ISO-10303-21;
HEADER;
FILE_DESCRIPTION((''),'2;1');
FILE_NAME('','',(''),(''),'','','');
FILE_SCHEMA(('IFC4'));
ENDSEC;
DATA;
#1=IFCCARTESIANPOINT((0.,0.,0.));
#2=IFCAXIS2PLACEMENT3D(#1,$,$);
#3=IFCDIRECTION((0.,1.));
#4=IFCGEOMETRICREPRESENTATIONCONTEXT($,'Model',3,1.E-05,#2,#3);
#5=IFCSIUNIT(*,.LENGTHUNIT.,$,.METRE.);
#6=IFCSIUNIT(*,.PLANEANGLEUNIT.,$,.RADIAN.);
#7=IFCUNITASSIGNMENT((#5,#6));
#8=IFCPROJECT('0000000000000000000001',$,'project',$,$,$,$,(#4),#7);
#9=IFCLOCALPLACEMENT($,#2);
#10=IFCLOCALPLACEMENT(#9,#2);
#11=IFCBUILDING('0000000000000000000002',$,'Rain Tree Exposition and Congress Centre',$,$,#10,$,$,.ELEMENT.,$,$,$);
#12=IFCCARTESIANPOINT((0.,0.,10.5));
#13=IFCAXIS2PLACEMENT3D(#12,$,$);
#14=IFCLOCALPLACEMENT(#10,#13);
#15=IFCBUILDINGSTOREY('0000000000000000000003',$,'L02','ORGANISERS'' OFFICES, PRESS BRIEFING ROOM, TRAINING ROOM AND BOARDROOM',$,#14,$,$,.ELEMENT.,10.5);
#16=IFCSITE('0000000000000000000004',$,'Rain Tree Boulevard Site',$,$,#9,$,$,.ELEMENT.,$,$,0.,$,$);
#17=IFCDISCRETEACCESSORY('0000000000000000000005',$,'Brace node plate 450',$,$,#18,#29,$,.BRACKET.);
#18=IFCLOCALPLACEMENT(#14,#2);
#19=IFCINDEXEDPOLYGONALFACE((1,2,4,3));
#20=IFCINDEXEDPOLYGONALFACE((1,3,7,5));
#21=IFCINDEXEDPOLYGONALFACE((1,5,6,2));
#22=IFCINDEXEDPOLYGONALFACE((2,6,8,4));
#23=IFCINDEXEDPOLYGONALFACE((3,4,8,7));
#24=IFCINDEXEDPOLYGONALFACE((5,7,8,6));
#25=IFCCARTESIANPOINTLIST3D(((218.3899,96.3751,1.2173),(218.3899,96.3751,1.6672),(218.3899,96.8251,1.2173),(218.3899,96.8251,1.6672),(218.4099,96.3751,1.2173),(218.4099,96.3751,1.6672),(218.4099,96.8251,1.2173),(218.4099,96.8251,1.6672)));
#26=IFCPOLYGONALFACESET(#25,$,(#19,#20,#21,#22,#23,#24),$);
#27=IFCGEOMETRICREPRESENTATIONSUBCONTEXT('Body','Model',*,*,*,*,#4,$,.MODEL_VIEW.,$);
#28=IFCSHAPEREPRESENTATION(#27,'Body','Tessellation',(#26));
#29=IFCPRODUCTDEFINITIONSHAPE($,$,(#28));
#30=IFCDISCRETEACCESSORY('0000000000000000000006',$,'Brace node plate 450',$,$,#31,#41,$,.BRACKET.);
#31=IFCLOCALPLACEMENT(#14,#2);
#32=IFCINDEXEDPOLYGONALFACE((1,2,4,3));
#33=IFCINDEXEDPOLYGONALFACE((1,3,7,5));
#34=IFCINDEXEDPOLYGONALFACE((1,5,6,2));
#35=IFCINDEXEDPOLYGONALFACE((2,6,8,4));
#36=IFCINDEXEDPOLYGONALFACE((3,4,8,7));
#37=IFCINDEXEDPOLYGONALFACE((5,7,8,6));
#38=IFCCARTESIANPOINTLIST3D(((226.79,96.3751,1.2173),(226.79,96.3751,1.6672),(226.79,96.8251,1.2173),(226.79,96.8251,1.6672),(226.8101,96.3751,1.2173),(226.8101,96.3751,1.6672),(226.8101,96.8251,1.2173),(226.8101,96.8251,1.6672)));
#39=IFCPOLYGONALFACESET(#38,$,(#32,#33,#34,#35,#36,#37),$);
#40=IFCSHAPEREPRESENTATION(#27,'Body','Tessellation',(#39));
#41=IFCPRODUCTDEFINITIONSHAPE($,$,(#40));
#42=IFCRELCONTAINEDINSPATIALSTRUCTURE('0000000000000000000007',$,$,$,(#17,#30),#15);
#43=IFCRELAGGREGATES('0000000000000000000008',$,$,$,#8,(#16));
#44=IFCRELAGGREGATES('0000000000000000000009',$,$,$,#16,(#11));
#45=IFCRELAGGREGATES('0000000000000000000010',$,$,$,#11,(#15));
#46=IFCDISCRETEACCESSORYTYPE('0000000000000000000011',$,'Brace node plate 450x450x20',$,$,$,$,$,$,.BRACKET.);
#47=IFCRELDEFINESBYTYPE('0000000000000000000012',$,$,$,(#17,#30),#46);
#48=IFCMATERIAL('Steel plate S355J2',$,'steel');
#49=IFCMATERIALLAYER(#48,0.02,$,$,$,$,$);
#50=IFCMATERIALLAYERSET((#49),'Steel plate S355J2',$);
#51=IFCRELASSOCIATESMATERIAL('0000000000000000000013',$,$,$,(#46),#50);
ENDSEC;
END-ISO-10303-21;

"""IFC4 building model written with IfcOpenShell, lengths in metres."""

from ifc_helpers import new_model, si_unit, direction, frame, origin, origin_2d, place, context, subcontext, project, spatial, rectangle, extrude, material, layer, layer_set, type_object, element, save


model = new_model("IFC4")

# Units and contexts
model_context = context("Model", 3, precision=1e-05, world=origin(), true_north=direction((0.0, 1.0)))
body_context = subcontext(model_context, "Body", "Model", "MODEL_VIEW")
ifc_project = project(units=[si_unit("LENGTHUNIT", "METRE"), si_unit("PLANEANGLEUNIT", "RADIAN")], contexts=[model_context])

# Site, building, storey
site_placement = place(None, origin())
site = spatial("IfcSite", under=ifc_project, at=site_placement, Name="Rain Tree Boulevard Site", CompositionType="ELEMENT", RefElevation=0.0)
building_placement = place(site_placement, origin())
building = spatial("IfcBuilding", under=site, at=building_placement, Name="Rain Tree Exposition and Congress Centre", CompositionType="ELEMENT")
storey_placement = place(building_placement, frame((0.0, 0.0, 10.5)))
storey = spatial("IfcBuildingStorey", under=building, at=storey_placement, Name="L02", Description="ORGANISERS' OFFICES, PRESS BRIEFING ROOM, TRAINING ROOM AND BOARDROOM", CompositionType="ELEMENT", Elevation=10.5)

# Discrete accessories
ifc_material_1 = material(Name="Steel plate S355J2", Category="steel")
ifc_layer = layer(ifc_material_1, 0.02)
ifc_layer_set = layer_set([ifc_layer], Name="Steel plate S355J2")
discrete_accessory_type = type_object("IfcDiscreteAccessoryType", Name="Brace node plate 450x450x20", PredefinedType="BRACKET", material=ifc_layer_set)
for number, where, z_axis, x_axis, name in (
    (1, (218.3999, 96.6001, 1.2173), (0.0, 0.0, 1.0), (0.0, -1.0, 0.0), "Brace node plate 450"),
    (2, (226.8, 96.6001, 1.2173), (0.0, 0.0, 1.0), (0.0, -1.0, 0.0), "Brace node plate 450"),
):
    element("IfcDiscreteAccessory", number, at=place(storey_placement, frame(where, z_axis=z_axis, x_axis=x_axis)), inside=storey, type_object=discrete_accessory_type, Name=name, PredefinedType="BRACKET", context=body_context, shape_type="SweptSolid", body=[
        extrude(rectangle(XDim=0.45, YDim=0.02, at=origin_2d()), origin(), (0.0, 0.0, 1.0), 0.45),
    ])

save(model, "model.ifc")
